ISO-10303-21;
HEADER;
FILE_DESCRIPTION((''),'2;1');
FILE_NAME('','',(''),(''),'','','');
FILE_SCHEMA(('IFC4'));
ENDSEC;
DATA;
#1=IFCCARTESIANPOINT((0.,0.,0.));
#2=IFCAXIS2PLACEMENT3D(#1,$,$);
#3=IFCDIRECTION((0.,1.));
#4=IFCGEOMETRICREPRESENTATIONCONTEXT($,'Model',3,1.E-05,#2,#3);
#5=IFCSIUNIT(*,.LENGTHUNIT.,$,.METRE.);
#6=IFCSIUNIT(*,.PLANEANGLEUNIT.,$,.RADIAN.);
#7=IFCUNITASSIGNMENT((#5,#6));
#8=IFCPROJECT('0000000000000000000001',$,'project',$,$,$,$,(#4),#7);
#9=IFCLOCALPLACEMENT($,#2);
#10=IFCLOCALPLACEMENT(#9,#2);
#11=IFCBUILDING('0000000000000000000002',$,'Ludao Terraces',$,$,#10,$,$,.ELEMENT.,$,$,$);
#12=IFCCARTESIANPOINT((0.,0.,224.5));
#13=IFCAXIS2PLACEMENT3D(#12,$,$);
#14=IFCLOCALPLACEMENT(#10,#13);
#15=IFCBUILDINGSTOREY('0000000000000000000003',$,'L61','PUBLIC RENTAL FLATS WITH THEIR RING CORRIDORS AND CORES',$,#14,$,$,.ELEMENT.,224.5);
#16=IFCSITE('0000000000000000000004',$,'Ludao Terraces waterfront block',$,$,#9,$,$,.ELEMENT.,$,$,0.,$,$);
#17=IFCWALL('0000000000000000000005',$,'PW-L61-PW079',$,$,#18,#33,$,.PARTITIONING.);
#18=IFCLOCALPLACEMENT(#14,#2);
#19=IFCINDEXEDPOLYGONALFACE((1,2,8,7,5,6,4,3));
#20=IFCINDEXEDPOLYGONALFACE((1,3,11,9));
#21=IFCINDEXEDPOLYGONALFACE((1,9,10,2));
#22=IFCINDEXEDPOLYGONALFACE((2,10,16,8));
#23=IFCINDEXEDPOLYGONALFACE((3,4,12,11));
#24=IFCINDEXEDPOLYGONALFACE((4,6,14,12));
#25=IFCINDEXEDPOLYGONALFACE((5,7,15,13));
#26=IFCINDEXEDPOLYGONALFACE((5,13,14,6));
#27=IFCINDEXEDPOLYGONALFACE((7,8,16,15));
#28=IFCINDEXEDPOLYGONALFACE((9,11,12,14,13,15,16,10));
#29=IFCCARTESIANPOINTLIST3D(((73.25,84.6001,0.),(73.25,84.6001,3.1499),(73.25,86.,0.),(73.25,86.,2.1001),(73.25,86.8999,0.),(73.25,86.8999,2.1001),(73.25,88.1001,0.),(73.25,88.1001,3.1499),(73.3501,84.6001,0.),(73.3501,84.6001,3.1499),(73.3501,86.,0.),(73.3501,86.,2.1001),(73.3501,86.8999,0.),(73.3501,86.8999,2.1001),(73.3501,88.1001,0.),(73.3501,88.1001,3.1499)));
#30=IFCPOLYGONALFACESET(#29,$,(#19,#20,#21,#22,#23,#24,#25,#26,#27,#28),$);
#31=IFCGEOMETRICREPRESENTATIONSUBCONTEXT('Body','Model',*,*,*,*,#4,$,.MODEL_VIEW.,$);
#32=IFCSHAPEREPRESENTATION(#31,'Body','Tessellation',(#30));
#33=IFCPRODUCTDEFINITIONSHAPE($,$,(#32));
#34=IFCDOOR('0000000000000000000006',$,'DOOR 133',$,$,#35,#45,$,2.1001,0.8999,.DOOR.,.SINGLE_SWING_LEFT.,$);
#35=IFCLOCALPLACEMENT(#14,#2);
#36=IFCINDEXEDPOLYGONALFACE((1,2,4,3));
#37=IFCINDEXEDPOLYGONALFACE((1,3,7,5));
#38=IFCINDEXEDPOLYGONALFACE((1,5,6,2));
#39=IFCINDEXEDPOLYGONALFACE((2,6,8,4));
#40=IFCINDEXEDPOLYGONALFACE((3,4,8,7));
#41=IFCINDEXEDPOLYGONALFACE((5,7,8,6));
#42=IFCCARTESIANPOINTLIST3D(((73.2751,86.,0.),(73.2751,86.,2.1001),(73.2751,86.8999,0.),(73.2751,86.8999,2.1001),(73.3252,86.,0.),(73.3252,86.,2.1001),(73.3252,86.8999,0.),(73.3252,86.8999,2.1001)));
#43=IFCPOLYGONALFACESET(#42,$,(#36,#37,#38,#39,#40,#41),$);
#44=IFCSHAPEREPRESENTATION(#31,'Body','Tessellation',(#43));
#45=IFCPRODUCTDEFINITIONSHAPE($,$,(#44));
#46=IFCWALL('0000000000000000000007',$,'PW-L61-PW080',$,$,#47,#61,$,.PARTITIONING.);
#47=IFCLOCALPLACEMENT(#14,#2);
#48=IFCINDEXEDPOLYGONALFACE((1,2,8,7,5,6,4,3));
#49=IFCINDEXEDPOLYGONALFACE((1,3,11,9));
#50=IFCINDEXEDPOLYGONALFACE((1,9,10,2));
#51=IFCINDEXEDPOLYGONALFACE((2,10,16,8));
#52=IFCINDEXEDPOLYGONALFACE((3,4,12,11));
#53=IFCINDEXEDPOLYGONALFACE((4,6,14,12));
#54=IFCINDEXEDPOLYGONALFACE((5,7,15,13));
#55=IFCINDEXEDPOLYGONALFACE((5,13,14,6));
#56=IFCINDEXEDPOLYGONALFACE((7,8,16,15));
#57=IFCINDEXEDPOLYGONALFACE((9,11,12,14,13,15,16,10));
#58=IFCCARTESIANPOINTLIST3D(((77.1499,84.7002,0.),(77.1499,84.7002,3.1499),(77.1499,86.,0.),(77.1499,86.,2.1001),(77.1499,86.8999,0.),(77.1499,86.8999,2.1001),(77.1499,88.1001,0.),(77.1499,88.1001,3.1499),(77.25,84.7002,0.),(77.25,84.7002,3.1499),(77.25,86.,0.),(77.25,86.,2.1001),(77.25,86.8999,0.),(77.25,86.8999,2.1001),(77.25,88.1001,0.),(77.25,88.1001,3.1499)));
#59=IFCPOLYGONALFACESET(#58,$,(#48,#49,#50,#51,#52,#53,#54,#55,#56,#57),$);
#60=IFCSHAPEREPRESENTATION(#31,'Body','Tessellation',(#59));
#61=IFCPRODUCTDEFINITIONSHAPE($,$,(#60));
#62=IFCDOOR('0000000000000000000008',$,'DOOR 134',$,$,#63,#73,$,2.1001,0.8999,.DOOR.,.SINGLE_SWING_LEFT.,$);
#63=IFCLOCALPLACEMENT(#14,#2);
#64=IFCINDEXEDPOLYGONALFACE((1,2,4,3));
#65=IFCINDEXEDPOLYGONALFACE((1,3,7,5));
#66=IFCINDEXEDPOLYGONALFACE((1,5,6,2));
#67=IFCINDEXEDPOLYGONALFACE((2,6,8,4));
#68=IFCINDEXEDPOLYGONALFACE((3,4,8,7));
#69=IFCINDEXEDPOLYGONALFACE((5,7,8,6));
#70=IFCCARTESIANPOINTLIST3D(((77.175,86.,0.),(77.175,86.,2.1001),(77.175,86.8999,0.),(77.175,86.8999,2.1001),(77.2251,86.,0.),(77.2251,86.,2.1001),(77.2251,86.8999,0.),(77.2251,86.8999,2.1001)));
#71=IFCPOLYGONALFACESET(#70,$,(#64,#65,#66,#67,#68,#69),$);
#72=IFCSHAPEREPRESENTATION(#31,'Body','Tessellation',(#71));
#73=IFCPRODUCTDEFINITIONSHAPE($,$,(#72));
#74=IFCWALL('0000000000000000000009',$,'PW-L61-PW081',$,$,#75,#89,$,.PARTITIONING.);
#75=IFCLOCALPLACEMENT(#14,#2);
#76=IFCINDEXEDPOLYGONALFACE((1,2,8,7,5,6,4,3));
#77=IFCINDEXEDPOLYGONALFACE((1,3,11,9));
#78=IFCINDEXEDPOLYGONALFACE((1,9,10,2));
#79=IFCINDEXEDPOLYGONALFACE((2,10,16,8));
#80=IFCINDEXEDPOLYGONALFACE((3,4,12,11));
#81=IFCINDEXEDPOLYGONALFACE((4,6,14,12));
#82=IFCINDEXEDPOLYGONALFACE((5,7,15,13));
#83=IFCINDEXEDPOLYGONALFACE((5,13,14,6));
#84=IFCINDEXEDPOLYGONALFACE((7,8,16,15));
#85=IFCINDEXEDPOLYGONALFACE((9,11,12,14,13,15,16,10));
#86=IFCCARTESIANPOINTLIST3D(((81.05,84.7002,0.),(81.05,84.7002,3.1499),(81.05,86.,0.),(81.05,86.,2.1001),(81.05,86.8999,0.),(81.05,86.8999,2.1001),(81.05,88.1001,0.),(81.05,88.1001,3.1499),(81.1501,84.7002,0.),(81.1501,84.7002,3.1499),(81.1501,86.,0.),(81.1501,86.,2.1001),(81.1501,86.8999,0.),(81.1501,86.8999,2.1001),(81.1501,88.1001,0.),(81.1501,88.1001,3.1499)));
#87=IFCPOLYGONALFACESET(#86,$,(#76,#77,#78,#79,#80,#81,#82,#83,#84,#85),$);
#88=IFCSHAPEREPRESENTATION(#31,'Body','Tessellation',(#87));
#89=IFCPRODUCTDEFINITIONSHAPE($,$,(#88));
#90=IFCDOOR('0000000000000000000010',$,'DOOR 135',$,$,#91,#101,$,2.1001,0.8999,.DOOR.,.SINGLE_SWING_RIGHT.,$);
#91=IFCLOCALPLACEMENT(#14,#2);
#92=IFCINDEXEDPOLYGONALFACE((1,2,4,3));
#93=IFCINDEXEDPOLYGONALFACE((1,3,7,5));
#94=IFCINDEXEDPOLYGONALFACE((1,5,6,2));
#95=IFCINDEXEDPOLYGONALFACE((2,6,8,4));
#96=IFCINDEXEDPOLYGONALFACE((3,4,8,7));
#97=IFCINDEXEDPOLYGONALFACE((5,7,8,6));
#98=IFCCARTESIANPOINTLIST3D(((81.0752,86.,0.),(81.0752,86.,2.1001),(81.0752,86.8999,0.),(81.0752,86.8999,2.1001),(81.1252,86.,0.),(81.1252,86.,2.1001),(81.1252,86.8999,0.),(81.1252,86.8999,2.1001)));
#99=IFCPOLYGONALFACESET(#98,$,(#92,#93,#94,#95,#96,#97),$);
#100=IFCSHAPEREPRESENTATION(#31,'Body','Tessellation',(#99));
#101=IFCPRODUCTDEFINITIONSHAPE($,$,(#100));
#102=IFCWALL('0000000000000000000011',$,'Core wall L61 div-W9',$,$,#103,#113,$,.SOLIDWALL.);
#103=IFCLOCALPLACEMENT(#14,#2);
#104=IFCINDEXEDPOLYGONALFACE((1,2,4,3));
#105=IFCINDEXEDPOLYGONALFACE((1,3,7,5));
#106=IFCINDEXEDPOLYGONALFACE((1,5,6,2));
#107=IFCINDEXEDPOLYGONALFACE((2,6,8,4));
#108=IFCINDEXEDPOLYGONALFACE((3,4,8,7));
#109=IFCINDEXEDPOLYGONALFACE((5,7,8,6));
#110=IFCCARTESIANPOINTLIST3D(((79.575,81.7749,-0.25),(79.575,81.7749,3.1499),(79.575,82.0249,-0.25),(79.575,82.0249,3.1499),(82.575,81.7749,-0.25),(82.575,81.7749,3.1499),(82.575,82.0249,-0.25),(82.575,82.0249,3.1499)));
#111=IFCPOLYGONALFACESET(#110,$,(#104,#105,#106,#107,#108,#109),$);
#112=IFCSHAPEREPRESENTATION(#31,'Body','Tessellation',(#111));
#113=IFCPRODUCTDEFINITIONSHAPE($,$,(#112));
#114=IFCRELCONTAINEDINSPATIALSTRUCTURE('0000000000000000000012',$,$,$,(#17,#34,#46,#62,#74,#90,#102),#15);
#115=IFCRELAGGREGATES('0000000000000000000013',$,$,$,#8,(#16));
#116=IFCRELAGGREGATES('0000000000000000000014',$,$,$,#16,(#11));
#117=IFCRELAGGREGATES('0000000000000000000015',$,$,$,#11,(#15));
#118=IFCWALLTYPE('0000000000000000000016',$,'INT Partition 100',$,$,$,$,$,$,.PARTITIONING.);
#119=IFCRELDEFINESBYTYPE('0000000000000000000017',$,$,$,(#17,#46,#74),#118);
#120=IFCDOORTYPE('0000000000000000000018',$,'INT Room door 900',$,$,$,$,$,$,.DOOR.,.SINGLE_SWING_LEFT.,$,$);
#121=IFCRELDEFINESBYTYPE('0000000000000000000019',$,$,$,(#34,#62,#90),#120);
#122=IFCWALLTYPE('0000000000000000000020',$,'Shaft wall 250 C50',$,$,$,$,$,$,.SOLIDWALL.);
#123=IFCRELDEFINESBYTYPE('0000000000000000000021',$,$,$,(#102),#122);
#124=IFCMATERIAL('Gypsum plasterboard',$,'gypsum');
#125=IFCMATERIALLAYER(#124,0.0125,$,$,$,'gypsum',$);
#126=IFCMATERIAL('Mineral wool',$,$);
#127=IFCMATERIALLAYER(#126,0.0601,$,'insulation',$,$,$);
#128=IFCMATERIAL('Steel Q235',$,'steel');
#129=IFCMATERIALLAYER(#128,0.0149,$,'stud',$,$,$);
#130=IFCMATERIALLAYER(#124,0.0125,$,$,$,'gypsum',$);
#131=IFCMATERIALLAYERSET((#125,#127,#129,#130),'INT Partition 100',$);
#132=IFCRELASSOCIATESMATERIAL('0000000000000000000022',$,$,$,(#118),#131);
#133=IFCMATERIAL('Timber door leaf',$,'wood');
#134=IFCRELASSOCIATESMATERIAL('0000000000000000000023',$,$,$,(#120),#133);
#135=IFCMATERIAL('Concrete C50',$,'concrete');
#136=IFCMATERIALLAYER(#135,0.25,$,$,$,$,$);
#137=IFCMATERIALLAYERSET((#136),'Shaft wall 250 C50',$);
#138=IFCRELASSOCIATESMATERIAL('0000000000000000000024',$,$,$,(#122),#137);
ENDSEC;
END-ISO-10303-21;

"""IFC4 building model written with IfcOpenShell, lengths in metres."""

from ifc_helpers import new_model, si_unit, direction, frame, frame_2d, origin, place, context, subcontext, project, spatial, rectangle, extrude, material, layer, layer_set, type_object, element, fill, save


model = new_model("IFC4")

# Units and contexts
model_context = context("Model", 3, precision=1e-05, world=origin(), true_north=direction((0.0, 1.0)))
body_context = subcontext(model_context, "Body", "Model", "MODEL_VIEW")
ifc_project = project(units=[si_unit("LENGTHUNIT", "METRE"), si_unit("PLANEANGLEUNIT", "RADIAN")], contexts=[model_context])

# Site, building, storey
site_placement = place(None, origin())
site = spatial("IfcSite", under=ifc_project, at=site_placement, Name="Ludao Terraces waterfront block", CompositionType="ELEMENT", RefElevation=0.0)
building_placement = place(site_placement, origin())
building = spatial("IfcBuilding", under=site, at=building_placement, Name="Ludao Terraces", CompositionType="ELEMENT")
storey_placement = place(building_placement, frame((0.0, 0.0, 224.5)))
storey = spatial("IfcBuildingStorey", under=building, at=storey_placement, Name="L61", Description="PUBLIC RENTAL FLATS WITH THEIR RING CORRIDORS AND CORES", CompositionType="ELEMENT", Elevation=224.5)

# Shared definitions
ifc_material_1 = material(Name="Concrete C50", Category="concrete")

# Shared definitions
ifc_material_2 = material(Name="Mineral wool")

# Walls, openings, doors
ifc_material_3 = material(Name="Gypsum plasterboard", Category="gypsum")
ifc_layer_1 = layer(ifc_material_3, 0.0125, Category="gypsum")
ifc_layer_2 = layer(ifc_material_2, 0.0601, Name="insulation")
ifc_material_4 = material(Name="Steel Q235", Category="steel")
ifc_layer_3 = layer(ifc_material_4, 0.0149, Name="stud")
ifc_layer_4 = layer(ifc_material_3, 0.0125, Category="gypsum")
ifc_layer_set_1 = layer_set([ifc_layer_1, ifc_layer_2, ifc_layer_3, ifc_layer_4], Name="INT Partition 100")
wall_type_1 = type_object("IfcWallType", Name="INT Partition 100", PredefinedType="PARTITIONING", material=ifc_layer_set_1)
wall_1_placement = place(storey_placement, frame((73.3, 84.6001, 0.0), z_axis=(0.0, 0.0, 1.0), x_axis=(0.0, 1.0, 0.0)))
wall_1 = element("IfcWall", 1, at=wall_1_placement, inside=storey, type_object=wall_type_1, Name="PW-L61-PW079", PredefinedType="PARTITIONING", context=body_context, shape_type="SweptSolid", body=[
    extrude(rectangle(XDim=3.5, YDim=0.1001, at=frame_2d((1.75, 0.0))), origin(), (0.0, 0.0, 1.0), 3.1499),
])
opening_1_placement = place(wall_1_placement, frame((1.3999, 0.0, 0.0)))
opening_1 = element("IfcOpeningElement", 2, at=opening_1_placement, cuts=wall_1, PredefinedType="OPENING", context=body_context, shape_type="SweptSolid", body=[
    extrude(rectangle(XDim=0.8999, YDim=2.1001, at=frame_2d((0.45, 1.05))), frame((0.0, 0.0601, 0.0), z_axis=(0.0, -1.0, 0.0), x_axis=(1.0, 0.0, 0.0)), (0.0, 0.0, 1.0), 0.1201),
])
ifc_material_5 = material(Name="Timber door leaf", Category="wood")
door_type = type_object("IfcDoorType", Name="INT Room door 900", OperationType="SINGLE_SWING_LEFT", PredefinedType="DOOR", material=ifc_material_5)
door_1_placement = place(opening_1_placement, origin())
door_1 = element("IfcDoor", 3, at=door_1_placement, inside=storey, type_object=door_type, Name="DOOR 133", OperationType="SINGLE_SWING_LEFT", OverallHeight=2.1001, OverallWidth=0.8999, PredefinedType="DOOR", context=body_context, shape_type="SweptSolid", body=[
    extrude(rectangle(XDim=0.8999, YDim=2.1001, at=frame_2d((0.45, 1.05))), frame((0.0, 0.0249, 0.0), z_axis=(0.0, -1.0, 0.0), x_axis=(1.0, 0.0, 0.0)), (0.0, 0.0, 1.0), 0.05),
])
fill(opening_1, door_1)
wall_2_placement = place(storey_placement, frame((77.2, 84.7002, 0.0), z_axis=(0.0, 0.0, 1.0), x_axis=(0.0, 1.0, 0.0)))
wall_2 = element("IfcWall", 4, at=wall_2_placement, inside=storey, type_object=wall_type_1, Name="PW-L61-PW080", PredefinedType="PARTITIONING", context=body_context, shape_type="SweptSolid", body=[
    extrude(rectangle(XDim=3.3999, YDim=0.1001, at=frame_2d((1.7, 0.0))), origin(), (0.0, 0.0, 1.0), 3.1499),
])
opening_2_placement = place(wall_2_placement, frame((1.2998, 0.0, 0.0)))
opening_2 = element("IfcOpeningElement", 5, at=opening_2_placement, cuts=wall_2, PredefinedType="OPENING", context=body_context, shape_type="SweptSolid", body=[
    extrude(rectangle(XDim=0.8999, YDim=2.1001, at=frame_2d((0.45, 1.05))), frame((0.0, 0.0601, 0.0), z_axis=(0.0, -1.0, 0.0), x_axis=(1.0, 0.0, 0.0)), (0.0, 0.0, 1.0), 0.1201),
])
door_2_placement = place(opening_2_placement, origin())
door_2 = element("IfcDoor", 6, at=door_2_placement, inside=storey, type_object=door_type, Name="DOOR 134", OperationType="SINGLE_SWING_LEFT", OverallHeight=2.1001, OverallWidth=0.8999, PredefinedType="DOOR", context=body_context, shape_type="SweptSolid", body=[
    extrude(rectangle(XDim=0.8999, YDim=2.1001, at=frame_2d((0.45, 1.05))), frame((0.0, 0.0249, 0.0), z_axis=(0.0, -1.0, 0.0), x_axis=(1.0, 0.0, 0.0)), (0.0, 0.0, 1.0), 0.05),
])
fill(opening_2, door_2)
wall_3_placement = place(storey_placement, frame((81.1001, 84.7002, 0.0), z_axis=(0.0, 0.0, 1.0), x_axis=(0.0, 1.0, 0.0)))
wall_3 = element("IfcWall", 7, at=wall_3_placement, inside=storey, type_object=wall_type_1, Name="PW-L61-PW081", PredefinedType="PARTITIONING", context=body_context, shape_type="SweptSolid", body=[
    extrude(rectangle(XDim=3.3999, YDim=0.1001, at=frame_2d((1.7, 0.0))), origin(), (0.0, 0.0, 1.0), 3.1499),
])
opening_3_placement = place(wall_3_placement, frame((1.2998, 0.0, 0.0)))
opening_3 = element("IfcOpeningElement", 8, at=opening_3_placement, cuts=wall_3, PredefinedType="OPENING", context=body_context, shape_type="SweptSolid", body=[
    extrude(rectangle(XDim=0.8999, YDim=2.1001, at=frame_2d((0.45, 1.05))), frame((0.0, 0.0601, 0.0), z_axis=(0.0, -1.0, 0.0), x_axis=(1.0, 0.0, 0.0)), (0.0, 0.0, 1.0), 0.1201),
])
door_3_placement = place(opening_3_placement, origin())
door_3 = element("IfcDoor", 9, at=door_3_placement, inside=storey, type_object=door_type, Name="DOOR 135", OperationType="SINGLE_SWING_RIGHT", OverallHeight=2.1001, OverallWidth=0.8999, PredefinedType="DOOR", context=body_context, shape_type="SweptSolid", body=[
    extrude(rectangle(XDim=0.8999, YDim=2.1001, at=frame_2d((0.45, 1.05))), frame((0.0, 0.0249, 0.0), z_axis=(0.0, -1.0, 0.0), x_axis=(1.0, 0.0, 0.0)), (0.0, 0.0, 1.0), 0.05),
])
fill(opening_3, door_3)

# Wall
ifc_layer_5 = layer(ifc_material_1, 0.25)
ifc_layer_set_2 = layer_set([ifc_layer_5], Name="Shaft wall 250 C50")
wall_type_2 = type_object("IfcWallType", Name="Shaft wall 250 C50", PredefinedType="SOLIDWALL", material=ifc_layer_set_2)
wall_4_placement = place(storey_placement, frame((79.575, 81.8999, -0.25), z_axis=(0.0, 0.0, 1.0), x_axis=(1.0, 0.0, 0.0)))
element("IfcWall", 10, at=wall_4_placement, inside=storey, type_object=wall_type_2, Name="Core wall L61 div-W9", PredefinedType="SOLIDWALL", context=body_context, shape_type="SweptSolid", body=[
    extrude(rectangle(XDim=3.0, YDim=0.25, at=frame_2d((1.5, 0.0))), origin(), (0.0, 0.0, 1.0), 3.3999),
])

save(model, "model.ifc")
